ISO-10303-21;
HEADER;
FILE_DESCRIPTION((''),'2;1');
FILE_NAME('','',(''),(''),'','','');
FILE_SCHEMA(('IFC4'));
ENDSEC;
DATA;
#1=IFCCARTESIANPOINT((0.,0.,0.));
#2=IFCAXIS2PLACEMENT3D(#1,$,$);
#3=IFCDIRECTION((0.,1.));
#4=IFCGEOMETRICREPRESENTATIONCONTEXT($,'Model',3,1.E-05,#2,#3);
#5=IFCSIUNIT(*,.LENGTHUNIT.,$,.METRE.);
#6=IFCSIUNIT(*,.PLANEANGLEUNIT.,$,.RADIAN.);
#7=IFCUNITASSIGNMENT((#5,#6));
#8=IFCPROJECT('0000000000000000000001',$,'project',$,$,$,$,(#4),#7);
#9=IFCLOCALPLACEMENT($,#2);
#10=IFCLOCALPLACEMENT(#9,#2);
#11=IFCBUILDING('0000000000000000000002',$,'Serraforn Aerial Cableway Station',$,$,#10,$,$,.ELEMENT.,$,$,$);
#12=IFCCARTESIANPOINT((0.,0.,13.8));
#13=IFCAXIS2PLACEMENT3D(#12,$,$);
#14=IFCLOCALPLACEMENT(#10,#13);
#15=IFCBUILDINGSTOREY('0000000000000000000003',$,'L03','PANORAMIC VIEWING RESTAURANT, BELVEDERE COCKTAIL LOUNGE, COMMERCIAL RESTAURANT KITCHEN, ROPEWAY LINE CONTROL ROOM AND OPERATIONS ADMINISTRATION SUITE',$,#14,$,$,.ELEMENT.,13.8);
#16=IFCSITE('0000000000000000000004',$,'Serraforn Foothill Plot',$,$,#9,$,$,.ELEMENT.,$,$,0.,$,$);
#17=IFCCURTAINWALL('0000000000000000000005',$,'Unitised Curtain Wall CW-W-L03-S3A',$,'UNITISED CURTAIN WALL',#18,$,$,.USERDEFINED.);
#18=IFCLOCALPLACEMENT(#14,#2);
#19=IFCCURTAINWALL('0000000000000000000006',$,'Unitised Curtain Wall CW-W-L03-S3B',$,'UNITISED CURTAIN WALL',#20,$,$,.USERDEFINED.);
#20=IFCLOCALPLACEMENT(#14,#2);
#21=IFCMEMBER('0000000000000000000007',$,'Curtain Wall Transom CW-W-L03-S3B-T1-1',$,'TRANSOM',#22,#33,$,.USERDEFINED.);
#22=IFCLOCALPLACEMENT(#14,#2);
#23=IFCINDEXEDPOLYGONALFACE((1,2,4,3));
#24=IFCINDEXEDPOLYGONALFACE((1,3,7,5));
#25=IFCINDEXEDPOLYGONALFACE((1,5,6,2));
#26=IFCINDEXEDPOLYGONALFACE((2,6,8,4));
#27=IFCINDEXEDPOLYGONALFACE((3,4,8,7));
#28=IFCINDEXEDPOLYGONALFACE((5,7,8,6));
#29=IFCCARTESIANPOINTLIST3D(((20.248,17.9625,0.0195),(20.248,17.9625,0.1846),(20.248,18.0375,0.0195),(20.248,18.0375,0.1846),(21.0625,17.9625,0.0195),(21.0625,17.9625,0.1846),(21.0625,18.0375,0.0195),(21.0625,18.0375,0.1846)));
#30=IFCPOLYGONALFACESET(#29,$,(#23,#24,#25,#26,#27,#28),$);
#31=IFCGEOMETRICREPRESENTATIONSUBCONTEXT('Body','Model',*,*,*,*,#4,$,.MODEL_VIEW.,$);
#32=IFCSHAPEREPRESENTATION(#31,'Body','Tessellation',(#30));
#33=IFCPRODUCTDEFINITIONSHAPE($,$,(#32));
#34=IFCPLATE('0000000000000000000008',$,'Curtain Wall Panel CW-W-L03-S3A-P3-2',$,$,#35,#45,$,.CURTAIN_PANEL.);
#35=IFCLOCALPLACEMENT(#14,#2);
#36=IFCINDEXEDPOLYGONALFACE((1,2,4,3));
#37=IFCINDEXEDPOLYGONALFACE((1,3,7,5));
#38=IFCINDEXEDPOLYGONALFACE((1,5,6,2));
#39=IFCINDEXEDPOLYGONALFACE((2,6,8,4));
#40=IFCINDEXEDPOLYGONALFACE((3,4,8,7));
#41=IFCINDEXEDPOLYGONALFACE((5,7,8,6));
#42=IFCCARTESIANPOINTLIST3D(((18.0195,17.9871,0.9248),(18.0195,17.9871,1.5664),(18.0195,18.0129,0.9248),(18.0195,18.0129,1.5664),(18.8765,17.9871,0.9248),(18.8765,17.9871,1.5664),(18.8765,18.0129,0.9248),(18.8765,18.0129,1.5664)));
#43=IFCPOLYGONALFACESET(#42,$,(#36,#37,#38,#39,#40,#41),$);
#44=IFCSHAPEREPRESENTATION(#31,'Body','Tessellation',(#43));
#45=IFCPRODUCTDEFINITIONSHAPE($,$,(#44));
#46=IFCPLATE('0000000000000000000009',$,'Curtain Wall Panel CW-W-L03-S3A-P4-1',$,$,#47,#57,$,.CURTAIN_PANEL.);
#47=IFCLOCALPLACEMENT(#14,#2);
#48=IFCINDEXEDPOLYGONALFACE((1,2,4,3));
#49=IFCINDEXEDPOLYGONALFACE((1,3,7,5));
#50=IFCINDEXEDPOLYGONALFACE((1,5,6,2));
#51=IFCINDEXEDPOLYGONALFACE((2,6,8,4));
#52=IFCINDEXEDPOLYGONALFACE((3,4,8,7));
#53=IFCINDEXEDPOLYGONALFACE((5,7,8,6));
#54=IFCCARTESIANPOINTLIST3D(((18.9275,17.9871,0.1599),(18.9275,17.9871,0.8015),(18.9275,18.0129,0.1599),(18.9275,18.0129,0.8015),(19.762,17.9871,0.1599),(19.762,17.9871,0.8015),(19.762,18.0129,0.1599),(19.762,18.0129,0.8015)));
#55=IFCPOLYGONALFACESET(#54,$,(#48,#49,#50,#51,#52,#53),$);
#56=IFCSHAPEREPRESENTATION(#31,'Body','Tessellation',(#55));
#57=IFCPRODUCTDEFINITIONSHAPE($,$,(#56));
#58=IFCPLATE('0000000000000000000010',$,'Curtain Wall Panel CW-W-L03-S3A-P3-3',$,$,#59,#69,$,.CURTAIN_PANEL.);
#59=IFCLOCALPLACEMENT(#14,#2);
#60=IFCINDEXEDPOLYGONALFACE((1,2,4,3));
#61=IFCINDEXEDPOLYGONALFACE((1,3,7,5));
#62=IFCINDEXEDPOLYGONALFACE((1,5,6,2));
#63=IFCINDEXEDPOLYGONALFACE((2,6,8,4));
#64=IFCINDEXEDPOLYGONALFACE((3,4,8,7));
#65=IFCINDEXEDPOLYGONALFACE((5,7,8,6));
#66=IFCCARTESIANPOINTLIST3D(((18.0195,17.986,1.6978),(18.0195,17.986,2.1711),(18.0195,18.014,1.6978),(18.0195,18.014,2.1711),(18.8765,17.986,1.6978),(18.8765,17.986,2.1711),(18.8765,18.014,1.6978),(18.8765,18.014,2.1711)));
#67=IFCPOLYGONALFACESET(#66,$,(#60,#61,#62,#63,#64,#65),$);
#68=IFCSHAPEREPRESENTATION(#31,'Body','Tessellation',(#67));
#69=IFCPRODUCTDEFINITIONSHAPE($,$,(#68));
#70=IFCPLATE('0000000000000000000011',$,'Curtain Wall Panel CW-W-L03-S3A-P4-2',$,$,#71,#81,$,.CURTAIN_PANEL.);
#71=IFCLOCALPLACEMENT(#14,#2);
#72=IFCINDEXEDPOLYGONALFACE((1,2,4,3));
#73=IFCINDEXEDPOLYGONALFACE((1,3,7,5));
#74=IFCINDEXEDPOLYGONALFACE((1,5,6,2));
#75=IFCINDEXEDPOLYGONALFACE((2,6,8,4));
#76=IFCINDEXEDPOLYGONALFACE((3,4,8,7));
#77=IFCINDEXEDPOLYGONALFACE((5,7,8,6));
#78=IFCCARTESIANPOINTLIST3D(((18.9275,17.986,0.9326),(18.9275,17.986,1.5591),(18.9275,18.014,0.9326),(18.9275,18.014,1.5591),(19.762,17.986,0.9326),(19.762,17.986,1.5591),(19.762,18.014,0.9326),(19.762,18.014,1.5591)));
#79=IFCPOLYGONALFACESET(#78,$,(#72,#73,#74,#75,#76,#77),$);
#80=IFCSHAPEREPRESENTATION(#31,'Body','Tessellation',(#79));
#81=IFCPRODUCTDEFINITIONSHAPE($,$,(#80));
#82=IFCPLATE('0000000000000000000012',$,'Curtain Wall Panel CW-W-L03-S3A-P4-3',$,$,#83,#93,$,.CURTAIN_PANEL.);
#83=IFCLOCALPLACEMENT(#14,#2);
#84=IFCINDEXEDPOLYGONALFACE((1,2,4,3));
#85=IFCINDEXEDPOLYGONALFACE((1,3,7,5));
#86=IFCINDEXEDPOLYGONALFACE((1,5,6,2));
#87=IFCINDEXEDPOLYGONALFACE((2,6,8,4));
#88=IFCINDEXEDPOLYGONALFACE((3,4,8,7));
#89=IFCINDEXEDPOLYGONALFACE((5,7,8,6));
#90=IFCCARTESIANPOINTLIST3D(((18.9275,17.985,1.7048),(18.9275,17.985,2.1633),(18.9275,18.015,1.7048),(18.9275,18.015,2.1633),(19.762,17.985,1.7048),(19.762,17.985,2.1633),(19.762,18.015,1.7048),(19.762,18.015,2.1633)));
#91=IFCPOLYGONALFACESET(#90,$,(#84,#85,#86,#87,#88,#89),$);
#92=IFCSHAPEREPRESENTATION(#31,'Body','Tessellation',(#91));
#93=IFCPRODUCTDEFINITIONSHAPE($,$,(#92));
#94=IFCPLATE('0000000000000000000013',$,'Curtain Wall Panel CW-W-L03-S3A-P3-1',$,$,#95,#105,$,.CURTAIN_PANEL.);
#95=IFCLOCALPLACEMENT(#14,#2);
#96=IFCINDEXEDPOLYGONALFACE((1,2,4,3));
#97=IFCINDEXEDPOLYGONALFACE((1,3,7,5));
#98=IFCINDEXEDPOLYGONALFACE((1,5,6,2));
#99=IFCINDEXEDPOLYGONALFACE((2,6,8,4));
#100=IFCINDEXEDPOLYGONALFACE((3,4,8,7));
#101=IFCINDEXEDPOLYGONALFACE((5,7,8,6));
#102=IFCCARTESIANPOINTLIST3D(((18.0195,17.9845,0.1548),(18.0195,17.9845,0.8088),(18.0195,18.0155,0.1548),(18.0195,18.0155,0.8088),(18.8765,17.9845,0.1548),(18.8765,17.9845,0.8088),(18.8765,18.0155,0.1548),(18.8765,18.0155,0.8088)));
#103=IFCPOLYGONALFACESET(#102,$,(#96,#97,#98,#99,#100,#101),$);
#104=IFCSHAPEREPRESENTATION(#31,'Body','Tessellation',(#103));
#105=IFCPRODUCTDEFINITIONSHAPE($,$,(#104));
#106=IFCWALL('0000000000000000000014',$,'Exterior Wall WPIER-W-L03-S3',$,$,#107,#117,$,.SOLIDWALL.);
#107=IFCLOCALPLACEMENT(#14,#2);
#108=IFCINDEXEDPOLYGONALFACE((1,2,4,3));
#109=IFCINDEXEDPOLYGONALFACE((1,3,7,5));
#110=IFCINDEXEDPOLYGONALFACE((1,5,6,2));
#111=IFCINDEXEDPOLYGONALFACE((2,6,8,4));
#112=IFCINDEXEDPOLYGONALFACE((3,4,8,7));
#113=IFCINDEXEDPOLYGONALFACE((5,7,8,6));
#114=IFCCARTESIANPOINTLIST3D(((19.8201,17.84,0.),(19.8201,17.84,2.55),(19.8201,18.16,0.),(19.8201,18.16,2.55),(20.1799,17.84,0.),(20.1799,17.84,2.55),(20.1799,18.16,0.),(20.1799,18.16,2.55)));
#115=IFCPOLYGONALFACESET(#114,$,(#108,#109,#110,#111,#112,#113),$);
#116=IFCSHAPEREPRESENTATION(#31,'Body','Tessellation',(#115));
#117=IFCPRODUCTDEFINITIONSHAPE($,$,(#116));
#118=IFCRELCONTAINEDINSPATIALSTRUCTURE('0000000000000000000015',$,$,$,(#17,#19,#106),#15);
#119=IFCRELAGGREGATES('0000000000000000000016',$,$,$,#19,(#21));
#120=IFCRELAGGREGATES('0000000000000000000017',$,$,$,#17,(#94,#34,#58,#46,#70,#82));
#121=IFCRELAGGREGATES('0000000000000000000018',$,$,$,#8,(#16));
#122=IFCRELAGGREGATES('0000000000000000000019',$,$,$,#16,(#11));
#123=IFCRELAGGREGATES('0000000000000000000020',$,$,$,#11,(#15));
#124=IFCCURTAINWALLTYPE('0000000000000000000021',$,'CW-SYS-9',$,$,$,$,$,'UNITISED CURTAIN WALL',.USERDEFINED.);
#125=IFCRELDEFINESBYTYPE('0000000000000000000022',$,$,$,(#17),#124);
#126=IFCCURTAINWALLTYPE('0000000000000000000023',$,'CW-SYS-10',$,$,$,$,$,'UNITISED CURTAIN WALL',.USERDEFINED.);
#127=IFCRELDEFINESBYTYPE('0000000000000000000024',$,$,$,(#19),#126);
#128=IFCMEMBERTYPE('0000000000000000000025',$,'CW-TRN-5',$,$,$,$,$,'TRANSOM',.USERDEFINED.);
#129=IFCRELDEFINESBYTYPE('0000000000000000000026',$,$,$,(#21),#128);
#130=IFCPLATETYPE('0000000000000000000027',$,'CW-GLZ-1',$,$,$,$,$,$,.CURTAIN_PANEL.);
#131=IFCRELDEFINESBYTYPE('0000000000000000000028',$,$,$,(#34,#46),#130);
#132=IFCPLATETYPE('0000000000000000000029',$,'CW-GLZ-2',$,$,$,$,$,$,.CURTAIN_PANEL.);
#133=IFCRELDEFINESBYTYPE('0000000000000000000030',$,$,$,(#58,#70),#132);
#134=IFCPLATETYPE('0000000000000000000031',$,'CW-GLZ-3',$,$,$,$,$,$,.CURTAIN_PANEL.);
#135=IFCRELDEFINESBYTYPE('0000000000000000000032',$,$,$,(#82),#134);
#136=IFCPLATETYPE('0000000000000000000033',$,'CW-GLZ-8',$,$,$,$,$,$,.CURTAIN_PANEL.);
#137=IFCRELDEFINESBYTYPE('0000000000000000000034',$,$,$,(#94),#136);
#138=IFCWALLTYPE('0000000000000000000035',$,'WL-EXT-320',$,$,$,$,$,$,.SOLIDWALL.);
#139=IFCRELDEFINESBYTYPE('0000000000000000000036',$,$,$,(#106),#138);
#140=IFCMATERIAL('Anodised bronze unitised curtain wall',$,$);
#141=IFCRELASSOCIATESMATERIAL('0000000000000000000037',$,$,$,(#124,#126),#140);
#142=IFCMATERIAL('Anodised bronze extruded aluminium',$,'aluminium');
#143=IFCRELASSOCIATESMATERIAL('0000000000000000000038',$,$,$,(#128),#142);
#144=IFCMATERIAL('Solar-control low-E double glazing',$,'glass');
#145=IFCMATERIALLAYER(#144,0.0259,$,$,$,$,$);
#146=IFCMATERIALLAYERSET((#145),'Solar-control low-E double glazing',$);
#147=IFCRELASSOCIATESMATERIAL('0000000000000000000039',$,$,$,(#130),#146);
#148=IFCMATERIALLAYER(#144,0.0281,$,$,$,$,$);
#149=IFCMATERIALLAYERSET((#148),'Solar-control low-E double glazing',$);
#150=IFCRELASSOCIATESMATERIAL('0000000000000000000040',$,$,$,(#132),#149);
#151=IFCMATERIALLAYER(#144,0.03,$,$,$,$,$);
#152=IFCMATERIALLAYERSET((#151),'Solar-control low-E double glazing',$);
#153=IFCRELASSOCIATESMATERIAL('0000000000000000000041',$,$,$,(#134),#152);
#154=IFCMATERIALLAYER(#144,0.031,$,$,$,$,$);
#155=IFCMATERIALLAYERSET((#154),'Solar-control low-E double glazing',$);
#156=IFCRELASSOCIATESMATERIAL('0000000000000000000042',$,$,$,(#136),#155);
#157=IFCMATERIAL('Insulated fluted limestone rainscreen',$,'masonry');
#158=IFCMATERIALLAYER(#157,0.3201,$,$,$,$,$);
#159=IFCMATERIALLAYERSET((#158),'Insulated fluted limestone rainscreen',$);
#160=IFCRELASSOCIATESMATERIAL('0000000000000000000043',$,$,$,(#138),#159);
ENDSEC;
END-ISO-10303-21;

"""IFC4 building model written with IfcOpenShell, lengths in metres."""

from ifc_helpers import new_model, si_unit, direction, frame, frame_2d, origin, origin_2d, place, context, subcontext, project, spatial, rectangle, extrude, material, layer, layer_set, material_profile, profile_set, type_object, element, aggregate, save


model = new_model("IFC4")

# Units and contexts
model_context = context("Model", 3, precision=1e-05, world=origin(), true_north=direction((0.0, 1.0)))
body_context = subcontext(model_context, "Body", "Model", "MODEL_VIEW")
ifc_project = project(units=[si_unit("LENGTHUNIT", "METRE"), si_unit("PLANEANGLEUNIT", "RADIAN")], contexts=[model_context])

# Site, building, storey
site_placement = place(None, origin())
site = spatial("IfcSite", under=ifc_project, at=site_placement, Name="Serraforn Foothill Plot", CompositionType="ELEMENT", RefElevation=0.0)
building_placement = place(site_placement, origin())
building = spatial("IfcBuilding", under=site, at=building_placement, Name="Serraforn Aerial Cableway Station", CompositionType="ELEMENT")
storey_placement = place(building_placement, frame((0.0, 0.0, 13.8)))
storey = spatial("IfcBuildingStorey", under=building, at=storey_placement, Name="L03", Description="PANORAMIC VIEWING RESTAURANT, BELVEDERE COCKTAIL LOUNGE, COMMERCIAL RESTAURANT KITCHEN, ROPEWAY LINE CONTROL ROOM AND OPERATIONS ADMINISTRATION SUITE", CompositionType="ELEMENT", Elevation=13.8)

# Curtain wall
ifc_material_1 = material(Name="Anodised bronze unitised curtain wall")
curtain_wall_type_1 = type_object("IfcCurtainWallType", Name="CW-SYS-9", ElementType="UNITISED CURTAIN WALL", PredefinedType="USERDEFINED", material=ifc_material_1)
curtain_wall_1_placement = place(storey_placement, origin())
curtain_wall_1 = element("IfcCurtainWall", 1, at=curtain_wall_1_placement, inside=storey, type_object=curtain_wall_type_1, Name="Unitised Curtain Wall CW-W-L03-S3A", ObjectType="UNITISED CURTAIN WALL", PredefinedType="USERDEFINED")
ifc_material_2 = material(Name="Anodised bronze extruded aluminium", Category="aluminium")

# Curtain wall
curtain_wall_type_2 = type_object("IfcCurtainWallType", Name="CW-SYS-10", ElementType="UNITISED CURTAIN WALL", PredefinedType="USERDEFINED", material=ifc_material_1)
curtain_wall_2_placement = place(storey_placement, origin())
curtain_wall_2 = element("IfcCurtainWall", 2, at=curtain_wall_2_placement, inside=storey, type_object=curtain_wall_type_2, Name="Unitised Curtain Wall CW-W-L03-S3B", ObjectType="UNITISED CURTAIN WALL", PredefinedType="USERDEFINED")

# Member
ifc_material_profile_1 = material_profile(ifc_material_2, rectangle(XDim=0.075, YDim=0.165, at=origin_2d()), Name="CW TRANSOM 75x165")
ifc_profile_set_1 = profile_set([ifc_material_profile_1], Name="Anodised bronze extruded aluminium")
member_type_1 = type_object("IfcMemberType", Name="CW-TRN-5", ElementType="TRANSOM", PredefinedType="USERDEFINED", material=ifc_profile_set_1)
member_1_placement = place(storey_placement, frame((20.248, 18.0, 0.1021), z_axis=(1.0, 0.0, 0.0), x_axis=(0.0, 1.0, 0.0)))
member_1 = element("IfcMember", 3, at=member_1_placement, type_object=member_type_1, Name="Curtain Wall Transom CW-W-L03-S3B-T1-1", ObjectType="TRANSOM", PredefinedType="USERDEFINED", context=body_context, shape_type="SweptSolid", body=[
    extrude(rectangle(XDim=0.075, YDim=0.165, at=origin_2d()), origin(), (0.0, 0.0, 1.0), 0.8145),
])
aggregate(curtain_wall_2, [member_1])

# Plates
ifc_material_3 = material(Name="Solar-control low-E double glazing", Category="glass")
ifc_layer_1 = layer(ifc_material_3, 0.0259)
ifc_layer_set_1 = layer_set([ifc_layer_1], Name="Solar-control low-E double glazing")
plate_type_1 = type_object("IfcPlateType", Name="CW-GLZ-1", PredefinedType="CURTAIN_PANEL", material=ifc_layer_set_1)
plate_1_placement = place(storey_placement, frame((18.448, 18.0, 0.9248), z_axis=(0.0, 0.0, 1.0), x_axis=(1.0, 0.0, 0.0)))
plate_1 = element("IfcPlate", 4, at=plate_1_placement, type_object=plate_type_1, Name="Curtain Wall Panel CW-W-L03-S3A-P3-2", PredefinedType="CURTAIN_PANEL", context=body_context, shape_type="SweptSolid", body=[
    extrude(rectangle(XDim=0.8569, YDim=0.0259, at=origin_2d()), origin(), (0.0, 0.0, 1.0), 0.6416),
])
plate_2_placement = place(storey_placement, frame((19.3447, 18.0, 0.1599), z_axis=(0.0, 0.0, 1.0), x_axis=(1.0, 0.0, 0.0)))
plate_2 = element("IfcPlate", 5, at=plate_2_placement, type_object=plate_type_1, Name="Curtain Wall Panel CW-W-L03-S3A-P4-1", PredefinedType="CURTAIN_PANEL", context=body_context, shape_type="SweptSolid", body=[
    extrude(rectangle(XDim=0.8345, YDim=0.0259, at=origin_2d()), origin(), (0.0, 0.0, 1.0), 0.6416),
])
ifc_layer_2 = layer(ifc_material_3, 0.0281)
ifc_layer_set_2 = layer_set([ifc_layer_2], Name="Solar-control low-E double glazing")
plate_type_2 = type_object("IfcPlateType", Name="CW-GLZ-2", PredefinedType="CURTAIN_PANEL", material=ifc_layer_set_2)
plate_3_placement = place(storey_placement, frame((18.448, 18.0, 1.6978), z_axis=(0.0, 0.0, 1.0), x_axis=(1.0, 0.0, 0.0)))
plate_3 = element("IfcPlate", 6, at=plate_3_placement, type_object=plate_type_2, Name="Curtain Wall Panel CW-W-L03-S3A-P3-3", PredefinedType="CURTAIN_PANEL", context=body_context, shape_type="SweptSolid", body=[
    extrude(rectangle(XDim=0.8569, YDim=0.0281, at=origin_2d()), origin(), (0.0, 0.0, 1.0), 0.4734),
])
plate_4_placement = place(storey_placement, frame((19.3447, 18.0, 0.9326), z_axis=(0.0, 0.0, 1.0), x_axis=(1.0, 0.0, 0.0)))
plate_4 = element("IfcPlate", 7, at=plate_4_placement, type_object=plate_type_2, Name="Curtain Wall Panel CW-W-L03-S3A-P4-2", PredefinedType="CURTAIN_PANEL", context=body_context, shape_type="SweptSolid", body=[
    extrude(rectangle(XDim=0.8345, YDim=0.0281, at=origin_2d()), origin(), (0.0, 0.0, 1.0), 0.6265),
])
ifc_layer_3 = layer(ifc_material_3, 0.03)
ifc_layer_set_3 = layer_set([ifc_layer_3], Name="Solar-control low-E double glazing")
plate_type_3 = type_object("IfcPlateType", Name="CW-GLZ-3", PredefinedType="CURTAIN_PANEL", material=ifc_layer_set_3)
plate_5_placement = place(storey_placement, frame((19.3447, 18.0, 1.7048), z_axis=(0.0, 0.0, 1.0), x_axis=(1.0, 0.0, 0.0)))
plate_5 = element("IfcPlate", 8, at=plate_5_placement, type_object=plate_type_3, Name="Curtain Wall Panel CW-W-L03-S3A-P4-3", PredefinedType="CURTAIN_PANEL", context=body_context, shape_type="SweptSolid", body=[
    extrude(rectangle(XDim=0.8345, YDim=0.03, at=origin_2d()), origin(), (0.0, 0.0, 1.0), 0.4585),
])
ifc_layer_4 = layer(ifc_material_3, 0.031)
ifc_layer_set_4 = layer_set([ifc_layer_4], Name="Solar-control low-E double glazing")
plate_type_4 = type_object("IfcPlateType", Name="CW-GLZ-8", PredefinedType="CURTAIN_PANEL", material=ifc_layer_set_4)
plate_6_placement = place(storey_placement, frame((18.448, 18.0, 0.1548), z_axis=(0.0, 0.0, 1.0), x_axis=(1.0, 0.0, 0.0)))
plate_6 = element("IfcPlate", 9, at=plate_6_placement, type_object=plate_type_4, Name="Curtain Wall Panel CW-W-L03-S3A-P3-1", PredefinedType="CURTAIN_PANEL", context=body_context, shape_type="SweptSolid", body=[
    extrude(rectangle(XDim=0.8569, YDim=0.031, at=origin_2d()), origin(), (0.0, 0.0, 1.0), 0.6541),
])
aggregate(curtain_wall_1, [plate_6, plate_1, plate_3, plate_2, plate_4, plate_5])

# Wall
ifc_material_4 = material(Name="Insulated fluted limestone rainscreen", Category="masonry")
ifc_layer_5 = layer(ifc_material_4, 0.3201)
ifc_layer_set_5 = layer_set([ifc_layer_5], Name="Insulated fluted limestone rainscreen")
wall_type = type_object("IfcWallType", Name="WL-EXT-320", PredefinedType="SOLIDWALL", material=ifc_layer_set_5)
wall_placement = place(storey_placement, frame((19.8201, 18.0, 0.0), z_axis=(0.0, 0.0, 1.0), x_axis=(1.0, 0.0, 0.0)))
element("IfcWall", 10, at=wall_placement, inside=storey, type_object=wall_type, Name="Exterior Wall WPIER-W-L03-S3", PredefinedType="SOLIDWALL", context=body_context, shape_type="SweptSolid", body=[
    extrude(rectangle(XDim=0.3599, YDim=0.3201, at=frame_2d((0.1799, 0.0))), origin(), (0.0, 0.0, 1.0), 2.55),
])

save(model, "model.ifc")
